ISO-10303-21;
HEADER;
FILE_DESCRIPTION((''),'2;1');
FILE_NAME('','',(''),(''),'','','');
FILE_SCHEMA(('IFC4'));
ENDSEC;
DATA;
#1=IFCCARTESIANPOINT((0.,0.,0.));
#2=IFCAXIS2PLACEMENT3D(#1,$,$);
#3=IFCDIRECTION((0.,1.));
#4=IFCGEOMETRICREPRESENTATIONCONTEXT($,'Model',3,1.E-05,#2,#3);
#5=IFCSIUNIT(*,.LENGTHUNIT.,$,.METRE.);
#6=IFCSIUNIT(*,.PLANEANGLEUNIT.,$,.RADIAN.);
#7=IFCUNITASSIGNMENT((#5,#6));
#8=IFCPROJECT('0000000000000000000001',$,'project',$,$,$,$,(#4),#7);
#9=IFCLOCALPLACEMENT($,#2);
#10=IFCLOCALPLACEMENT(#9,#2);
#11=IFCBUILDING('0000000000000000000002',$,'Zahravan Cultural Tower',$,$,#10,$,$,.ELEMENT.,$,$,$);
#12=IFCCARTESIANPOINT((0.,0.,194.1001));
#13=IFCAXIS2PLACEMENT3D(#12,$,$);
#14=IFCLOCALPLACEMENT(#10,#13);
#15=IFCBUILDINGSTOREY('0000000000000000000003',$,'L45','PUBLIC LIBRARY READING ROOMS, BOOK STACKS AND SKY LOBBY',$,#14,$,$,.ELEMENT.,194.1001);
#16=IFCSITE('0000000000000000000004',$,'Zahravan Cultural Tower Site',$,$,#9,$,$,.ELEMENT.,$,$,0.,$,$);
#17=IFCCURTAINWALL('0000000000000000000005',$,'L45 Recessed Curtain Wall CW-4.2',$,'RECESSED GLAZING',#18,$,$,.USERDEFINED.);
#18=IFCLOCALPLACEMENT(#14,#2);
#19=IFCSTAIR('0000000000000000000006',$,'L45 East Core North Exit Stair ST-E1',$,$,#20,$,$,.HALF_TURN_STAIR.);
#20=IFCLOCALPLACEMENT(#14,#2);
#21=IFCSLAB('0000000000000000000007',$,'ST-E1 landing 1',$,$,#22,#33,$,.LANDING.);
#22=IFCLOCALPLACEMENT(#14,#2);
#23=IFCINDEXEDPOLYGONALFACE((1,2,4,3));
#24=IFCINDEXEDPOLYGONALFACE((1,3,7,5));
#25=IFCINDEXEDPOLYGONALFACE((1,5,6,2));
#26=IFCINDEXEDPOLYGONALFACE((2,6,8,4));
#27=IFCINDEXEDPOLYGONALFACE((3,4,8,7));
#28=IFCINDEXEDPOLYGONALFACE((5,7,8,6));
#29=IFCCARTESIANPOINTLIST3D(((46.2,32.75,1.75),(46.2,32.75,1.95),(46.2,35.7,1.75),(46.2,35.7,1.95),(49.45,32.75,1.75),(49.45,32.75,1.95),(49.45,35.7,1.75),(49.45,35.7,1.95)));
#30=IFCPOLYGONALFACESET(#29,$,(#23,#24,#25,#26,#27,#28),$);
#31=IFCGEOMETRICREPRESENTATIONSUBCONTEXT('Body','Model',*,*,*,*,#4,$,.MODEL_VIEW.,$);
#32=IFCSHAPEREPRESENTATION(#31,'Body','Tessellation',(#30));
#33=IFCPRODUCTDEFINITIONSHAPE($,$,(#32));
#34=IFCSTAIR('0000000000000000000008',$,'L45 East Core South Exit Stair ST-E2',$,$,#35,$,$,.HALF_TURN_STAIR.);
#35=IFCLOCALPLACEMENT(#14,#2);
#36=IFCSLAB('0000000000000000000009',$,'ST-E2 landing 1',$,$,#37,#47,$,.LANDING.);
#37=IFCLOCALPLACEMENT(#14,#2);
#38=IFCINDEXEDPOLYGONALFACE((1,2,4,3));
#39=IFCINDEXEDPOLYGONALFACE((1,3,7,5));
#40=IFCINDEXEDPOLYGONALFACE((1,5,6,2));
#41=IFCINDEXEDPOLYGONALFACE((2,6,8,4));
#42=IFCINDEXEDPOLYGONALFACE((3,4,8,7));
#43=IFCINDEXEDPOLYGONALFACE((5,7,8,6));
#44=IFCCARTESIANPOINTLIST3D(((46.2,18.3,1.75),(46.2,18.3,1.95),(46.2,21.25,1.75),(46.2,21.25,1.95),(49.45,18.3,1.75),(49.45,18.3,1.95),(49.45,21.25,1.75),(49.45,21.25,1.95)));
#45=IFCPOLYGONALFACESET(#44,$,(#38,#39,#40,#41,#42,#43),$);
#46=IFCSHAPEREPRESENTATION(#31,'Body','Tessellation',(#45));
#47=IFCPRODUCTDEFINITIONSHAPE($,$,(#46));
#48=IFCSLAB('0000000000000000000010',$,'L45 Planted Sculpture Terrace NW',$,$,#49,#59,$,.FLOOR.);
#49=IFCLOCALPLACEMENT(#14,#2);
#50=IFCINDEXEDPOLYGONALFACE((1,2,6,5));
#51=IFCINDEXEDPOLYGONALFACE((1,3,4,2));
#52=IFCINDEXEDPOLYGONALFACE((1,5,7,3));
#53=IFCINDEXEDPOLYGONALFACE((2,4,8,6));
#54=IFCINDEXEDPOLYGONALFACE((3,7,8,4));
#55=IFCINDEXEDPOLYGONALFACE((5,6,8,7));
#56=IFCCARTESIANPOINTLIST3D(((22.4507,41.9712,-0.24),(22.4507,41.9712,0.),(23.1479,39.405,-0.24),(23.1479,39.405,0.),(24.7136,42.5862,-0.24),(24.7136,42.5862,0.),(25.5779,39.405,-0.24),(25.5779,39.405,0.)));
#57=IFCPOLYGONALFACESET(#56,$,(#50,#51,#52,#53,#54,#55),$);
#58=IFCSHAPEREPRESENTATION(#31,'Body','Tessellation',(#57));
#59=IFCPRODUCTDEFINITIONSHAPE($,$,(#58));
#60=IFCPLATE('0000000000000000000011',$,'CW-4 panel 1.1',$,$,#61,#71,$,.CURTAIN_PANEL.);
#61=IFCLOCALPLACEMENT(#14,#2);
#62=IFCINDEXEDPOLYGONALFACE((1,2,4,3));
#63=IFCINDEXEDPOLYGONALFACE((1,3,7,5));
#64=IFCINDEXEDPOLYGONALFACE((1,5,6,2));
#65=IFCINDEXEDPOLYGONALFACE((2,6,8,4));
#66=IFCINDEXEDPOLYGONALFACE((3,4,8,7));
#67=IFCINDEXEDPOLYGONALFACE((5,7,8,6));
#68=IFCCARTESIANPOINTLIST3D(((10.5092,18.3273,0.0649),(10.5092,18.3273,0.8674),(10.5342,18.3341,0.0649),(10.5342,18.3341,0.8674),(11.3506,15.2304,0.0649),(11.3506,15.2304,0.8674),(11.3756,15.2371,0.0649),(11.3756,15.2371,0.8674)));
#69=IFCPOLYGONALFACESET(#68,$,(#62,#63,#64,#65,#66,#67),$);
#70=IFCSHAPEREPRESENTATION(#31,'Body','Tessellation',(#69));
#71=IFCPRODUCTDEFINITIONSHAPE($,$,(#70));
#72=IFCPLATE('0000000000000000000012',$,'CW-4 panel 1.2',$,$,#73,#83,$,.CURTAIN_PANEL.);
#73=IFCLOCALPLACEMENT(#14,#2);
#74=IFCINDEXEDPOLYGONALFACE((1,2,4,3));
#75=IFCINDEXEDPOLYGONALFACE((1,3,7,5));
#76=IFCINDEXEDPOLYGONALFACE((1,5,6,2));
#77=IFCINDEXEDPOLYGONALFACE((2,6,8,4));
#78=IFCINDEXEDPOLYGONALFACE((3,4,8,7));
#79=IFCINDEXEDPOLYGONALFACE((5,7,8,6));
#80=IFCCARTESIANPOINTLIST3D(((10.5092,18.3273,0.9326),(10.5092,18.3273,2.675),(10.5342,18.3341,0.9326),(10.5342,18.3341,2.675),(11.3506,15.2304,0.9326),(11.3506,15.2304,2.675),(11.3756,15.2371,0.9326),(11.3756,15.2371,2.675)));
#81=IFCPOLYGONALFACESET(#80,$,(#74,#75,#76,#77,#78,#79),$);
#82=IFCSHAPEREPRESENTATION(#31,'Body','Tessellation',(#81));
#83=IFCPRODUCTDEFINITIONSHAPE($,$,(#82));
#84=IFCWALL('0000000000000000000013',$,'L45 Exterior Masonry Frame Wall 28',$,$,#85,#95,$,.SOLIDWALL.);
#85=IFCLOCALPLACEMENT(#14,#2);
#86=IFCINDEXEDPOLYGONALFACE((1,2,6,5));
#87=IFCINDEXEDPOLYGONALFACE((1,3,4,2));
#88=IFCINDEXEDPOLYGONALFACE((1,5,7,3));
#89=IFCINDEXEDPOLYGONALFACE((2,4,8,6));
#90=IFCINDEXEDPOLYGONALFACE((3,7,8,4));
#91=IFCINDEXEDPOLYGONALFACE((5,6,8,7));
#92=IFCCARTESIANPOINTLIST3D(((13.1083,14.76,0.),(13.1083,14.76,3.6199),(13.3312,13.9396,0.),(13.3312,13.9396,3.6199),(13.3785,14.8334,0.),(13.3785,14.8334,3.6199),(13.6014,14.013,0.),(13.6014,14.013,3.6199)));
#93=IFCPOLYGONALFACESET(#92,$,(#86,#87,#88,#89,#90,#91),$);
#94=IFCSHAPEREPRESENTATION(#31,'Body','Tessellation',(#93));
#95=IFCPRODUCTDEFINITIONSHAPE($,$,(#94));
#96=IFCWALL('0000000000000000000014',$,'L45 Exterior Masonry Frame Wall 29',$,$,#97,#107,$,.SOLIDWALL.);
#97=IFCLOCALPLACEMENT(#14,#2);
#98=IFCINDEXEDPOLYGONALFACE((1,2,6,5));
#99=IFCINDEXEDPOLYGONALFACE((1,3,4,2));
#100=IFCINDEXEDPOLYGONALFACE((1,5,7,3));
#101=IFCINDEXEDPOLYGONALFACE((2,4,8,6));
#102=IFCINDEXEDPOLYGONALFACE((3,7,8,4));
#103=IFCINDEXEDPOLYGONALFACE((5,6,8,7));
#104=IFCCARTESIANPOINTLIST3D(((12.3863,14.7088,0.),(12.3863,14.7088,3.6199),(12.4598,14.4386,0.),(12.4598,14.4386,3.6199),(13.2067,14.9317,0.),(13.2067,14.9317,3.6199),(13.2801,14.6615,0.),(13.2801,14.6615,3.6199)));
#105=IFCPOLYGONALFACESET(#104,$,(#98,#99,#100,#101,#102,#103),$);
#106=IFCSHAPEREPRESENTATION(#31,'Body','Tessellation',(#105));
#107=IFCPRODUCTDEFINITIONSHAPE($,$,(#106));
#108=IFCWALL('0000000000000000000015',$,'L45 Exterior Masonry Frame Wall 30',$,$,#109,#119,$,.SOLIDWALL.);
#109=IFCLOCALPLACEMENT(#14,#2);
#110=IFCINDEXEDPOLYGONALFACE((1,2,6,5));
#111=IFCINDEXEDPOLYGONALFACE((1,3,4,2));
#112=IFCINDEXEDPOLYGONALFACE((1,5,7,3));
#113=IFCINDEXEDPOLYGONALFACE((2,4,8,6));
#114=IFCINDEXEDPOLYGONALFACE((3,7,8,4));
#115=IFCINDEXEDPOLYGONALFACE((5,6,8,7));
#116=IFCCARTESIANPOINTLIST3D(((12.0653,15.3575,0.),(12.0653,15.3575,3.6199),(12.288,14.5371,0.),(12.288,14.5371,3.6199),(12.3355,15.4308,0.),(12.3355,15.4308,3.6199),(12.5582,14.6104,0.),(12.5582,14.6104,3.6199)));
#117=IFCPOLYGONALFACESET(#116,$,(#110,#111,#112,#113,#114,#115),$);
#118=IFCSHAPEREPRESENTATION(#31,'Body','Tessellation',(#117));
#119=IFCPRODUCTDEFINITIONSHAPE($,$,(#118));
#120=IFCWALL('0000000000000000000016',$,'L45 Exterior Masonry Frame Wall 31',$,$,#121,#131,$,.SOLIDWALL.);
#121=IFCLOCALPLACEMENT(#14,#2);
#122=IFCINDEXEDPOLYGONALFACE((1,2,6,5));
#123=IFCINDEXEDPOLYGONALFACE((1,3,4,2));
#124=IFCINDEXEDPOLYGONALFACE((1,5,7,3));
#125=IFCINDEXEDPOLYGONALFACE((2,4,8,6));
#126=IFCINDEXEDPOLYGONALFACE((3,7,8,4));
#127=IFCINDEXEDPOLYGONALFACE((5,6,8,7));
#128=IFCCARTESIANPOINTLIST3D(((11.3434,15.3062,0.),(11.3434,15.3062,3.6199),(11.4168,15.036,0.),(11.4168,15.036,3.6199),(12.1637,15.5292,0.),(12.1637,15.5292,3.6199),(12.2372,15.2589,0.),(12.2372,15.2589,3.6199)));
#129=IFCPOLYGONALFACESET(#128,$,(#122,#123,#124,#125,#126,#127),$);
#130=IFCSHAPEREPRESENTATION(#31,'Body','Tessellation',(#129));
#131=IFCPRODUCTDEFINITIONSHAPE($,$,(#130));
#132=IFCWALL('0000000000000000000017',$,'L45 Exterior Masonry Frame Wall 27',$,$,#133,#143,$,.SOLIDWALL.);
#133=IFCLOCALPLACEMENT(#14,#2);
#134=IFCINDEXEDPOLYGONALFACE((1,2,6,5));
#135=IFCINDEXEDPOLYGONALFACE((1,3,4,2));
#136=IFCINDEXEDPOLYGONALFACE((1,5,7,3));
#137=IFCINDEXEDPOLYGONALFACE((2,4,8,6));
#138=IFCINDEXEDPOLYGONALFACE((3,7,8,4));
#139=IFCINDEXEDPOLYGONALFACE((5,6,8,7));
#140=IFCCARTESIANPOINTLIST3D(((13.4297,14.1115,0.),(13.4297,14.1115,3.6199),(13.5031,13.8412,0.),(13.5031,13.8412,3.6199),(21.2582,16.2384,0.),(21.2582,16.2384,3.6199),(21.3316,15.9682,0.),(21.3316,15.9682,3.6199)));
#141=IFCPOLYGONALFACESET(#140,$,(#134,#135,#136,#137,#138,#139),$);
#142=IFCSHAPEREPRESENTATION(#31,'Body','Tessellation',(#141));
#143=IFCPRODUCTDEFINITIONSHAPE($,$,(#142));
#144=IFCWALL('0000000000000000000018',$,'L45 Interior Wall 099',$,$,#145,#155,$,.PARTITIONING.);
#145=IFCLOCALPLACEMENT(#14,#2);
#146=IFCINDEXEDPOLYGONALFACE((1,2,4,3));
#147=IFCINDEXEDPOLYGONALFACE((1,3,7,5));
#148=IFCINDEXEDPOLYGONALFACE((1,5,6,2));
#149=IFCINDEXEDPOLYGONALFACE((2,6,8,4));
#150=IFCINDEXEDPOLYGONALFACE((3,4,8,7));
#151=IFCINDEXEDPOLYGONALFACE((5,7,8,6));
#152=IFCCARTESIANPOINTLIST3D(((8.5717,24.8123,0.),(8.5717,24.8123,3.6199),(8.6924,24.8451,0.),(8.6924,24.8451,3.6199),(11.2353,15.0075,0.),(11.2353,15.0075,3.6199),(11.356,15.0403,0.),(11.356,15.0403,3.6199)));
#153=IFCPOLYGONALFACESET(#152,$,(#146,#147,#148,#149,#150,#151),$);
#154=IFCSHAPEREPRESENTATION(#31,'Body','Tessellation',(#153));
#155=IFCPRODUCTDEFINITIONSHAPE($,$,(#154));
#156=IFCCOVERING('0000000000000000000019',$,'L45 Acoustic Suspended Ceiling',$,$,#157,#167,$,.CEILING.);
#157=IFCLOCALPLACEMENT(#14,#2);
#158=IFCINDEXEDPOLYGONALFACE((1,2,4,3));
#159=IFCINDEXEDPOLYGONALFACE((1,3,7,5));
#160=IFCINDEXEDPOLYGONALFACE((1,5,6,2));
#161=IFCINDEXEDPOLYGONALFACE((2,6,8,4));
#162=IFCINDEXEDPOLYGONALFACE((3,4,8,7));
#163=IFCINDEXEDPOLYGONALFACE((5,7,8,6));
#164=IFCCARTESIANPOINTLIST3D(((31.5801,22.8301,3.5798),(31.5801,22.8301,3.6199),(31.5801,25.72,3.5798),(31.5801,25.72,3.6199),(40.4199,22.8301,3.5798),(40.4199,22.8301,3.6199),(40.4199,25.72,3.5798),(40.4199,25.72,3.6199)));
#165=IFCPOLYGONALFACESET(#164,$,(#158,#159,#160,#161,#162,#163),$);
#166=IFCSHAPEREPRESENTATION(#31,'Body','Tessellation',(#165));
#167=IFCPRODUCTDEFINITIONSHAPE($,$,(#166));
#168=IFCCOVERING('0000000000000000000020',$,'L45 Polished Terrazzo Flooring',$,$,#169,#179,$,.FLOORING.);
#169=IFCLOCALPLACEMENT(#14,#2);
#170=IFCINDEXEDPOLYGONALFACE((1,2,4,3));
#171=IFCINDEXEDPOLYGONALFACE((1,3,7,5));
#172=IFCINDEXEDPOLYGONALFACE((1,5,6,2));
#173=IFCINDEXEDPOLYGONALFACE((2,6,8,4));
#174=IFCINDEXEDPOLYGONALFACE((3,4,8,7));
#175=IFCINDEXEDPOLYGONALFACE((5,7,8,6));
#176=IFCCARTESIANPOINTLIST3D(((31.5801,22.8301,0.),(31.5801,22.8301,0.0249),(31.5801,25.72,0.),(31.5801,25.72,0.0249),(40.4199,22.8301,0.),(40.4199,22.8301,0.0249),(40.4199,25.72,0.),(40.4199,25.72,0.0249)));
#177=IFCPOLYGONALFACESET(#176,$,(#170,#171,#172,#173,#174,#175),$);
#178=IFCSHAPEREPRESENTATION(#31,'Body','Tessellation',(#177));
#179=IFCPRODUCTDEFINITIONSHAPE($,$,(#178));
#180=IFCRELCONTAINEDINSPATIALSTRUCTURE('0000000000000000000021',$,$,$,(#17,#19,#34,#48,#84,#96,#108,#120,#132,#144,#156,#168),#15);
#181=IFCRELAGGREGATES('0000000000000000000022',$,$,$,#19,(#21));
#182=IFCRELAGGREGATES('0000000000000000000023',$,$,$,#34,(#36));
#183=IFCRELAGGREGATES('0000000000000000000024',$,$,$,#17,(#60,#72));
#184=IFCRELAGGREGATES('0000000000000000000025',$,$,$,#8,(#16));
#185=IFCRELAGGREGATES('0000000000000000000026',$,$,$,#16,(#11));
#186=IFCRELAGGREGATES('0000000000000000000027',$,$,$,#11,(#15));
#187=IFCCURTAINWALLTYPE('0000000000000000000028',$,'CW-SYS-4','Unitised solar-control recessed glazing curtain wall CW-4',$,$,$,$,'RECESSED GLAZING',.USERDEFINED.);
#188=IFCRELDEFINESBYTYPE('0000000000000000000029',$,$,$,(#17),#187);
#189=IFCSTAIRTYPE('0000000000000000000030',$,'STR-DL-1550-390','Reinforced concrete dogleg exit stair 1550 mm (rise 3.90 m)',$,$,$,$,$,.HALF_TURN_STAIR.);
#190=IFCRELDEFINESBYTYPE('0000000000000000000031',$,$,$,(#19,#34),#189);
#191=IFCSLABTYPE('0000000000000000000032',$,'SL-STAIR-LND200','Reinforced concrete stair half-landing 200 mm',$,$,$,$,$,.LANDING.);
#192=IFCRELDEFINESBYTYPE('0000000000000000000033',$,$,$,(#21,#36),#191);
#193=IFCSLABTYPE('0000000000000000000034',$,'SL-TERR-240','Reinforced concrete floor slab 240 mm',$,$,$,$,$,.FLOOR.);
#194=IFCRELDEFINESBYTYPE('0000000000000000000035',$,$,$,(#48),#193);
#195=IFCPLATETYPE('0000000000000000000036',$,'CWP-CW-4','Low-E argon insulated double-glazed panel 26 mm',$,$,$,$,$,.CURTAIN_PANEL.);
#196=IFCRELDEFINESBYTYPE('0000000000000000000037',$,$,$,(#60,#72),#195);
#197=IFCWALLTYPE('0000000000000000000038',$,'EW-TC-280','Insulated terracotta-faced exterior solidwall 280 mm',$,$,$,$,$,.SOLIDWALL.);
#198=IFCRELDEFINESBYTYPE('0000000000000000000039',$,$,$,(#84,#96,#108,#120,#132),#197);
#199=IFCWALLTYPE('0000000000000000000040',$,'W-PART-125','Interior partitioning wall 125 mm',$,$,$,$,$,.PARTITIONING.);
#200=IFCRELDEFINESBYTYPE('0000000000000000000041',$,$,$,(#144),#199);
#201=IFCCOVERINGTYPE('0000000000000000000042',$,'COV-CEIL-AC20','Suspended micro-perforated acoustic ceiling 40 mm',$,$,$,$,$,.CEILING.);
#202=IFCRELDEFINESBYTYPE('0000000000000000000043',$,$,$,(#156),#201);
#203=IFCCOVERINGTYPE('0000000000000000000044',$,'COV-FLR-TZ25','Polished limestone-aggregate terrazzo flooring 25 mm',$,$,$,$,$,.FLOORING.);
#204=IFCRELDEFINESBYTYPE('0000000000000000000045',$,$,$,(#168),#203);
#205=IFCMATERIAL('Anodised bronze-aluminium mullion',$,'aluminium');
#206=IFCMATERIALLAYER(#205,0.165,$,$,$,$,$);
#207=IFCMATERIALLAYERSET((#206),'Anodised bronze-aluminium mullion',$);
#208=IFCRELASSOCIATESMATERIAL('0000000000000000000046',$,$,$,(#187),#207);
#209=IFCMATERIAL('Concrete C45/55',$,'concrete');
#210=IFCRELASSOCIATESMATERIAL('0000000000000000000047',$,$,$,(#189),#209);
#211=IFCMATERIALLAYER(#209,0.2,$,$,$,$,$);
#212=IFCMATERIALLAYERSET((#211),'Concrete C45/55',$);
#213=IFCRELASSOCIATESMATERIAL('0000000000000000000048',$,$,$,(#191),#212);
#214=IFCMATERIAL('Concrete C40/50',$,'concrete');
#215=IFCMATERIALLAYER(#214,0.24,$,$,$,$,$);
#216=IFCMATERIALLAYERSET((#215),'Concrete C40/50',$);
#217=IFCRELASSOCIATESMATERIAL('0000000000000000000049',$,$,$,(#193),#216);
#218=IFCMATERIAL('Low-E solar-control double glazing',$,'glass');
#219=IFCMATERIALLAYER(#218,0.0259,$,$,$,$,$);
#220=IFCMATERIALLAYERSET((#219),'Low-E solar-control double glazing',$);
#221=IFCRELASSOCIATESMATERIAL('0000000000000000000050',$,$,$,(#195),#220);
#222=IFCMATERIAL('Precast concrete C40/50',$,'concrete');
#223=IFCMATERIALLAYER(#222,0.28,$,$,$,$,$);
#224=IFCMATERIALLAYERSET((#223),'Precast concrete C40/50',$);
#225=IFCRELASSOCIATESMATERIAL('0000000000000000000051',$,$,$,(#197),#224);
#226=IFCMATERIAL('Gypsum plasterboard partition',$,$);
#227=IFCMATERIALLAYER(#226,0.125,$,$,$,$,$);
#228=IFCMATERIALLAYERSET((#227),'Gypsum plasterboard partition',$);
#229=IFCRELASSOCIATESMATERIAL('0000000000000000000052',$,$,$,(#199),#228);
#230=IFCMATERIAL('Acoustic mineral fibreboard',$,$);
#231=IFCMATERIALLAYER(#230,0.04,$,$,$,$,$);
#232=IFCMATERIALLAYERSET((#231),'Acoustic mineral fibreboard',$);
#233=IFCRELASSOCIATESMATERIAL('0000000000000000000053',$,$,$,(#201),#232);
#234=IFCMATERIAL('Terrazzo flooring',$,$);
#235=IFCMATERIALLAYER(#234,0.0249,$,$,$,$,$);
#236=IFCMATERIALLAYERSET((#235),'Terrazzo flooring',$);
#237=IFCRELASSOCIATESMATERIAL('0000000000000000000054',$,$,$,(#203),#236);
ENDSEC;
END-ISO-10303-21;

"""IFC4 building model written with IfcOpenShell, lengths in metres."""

from ifc_helpers import new_model, si_unit, direction, frame, frame_2d, origin, origin_2d, place, context, subcontext, project, spatial, polyline, rectangle, outline, extrude, source, transform, mapped, material, layer, layer_set, type_object, element, aggregate, save


model = new_model("IFC4")

# Units and contexts
model_context = context("Model", 3, precision=1e-05, world=origin(), true_north=direction((0.0, 1.0)))
body_context = subcontext(model_context, "Body", "Model", "MODEL_VIEW")
ifc_project = project(units=[si_unit("LENGTHUNIT", "METRE"), si_unit("PLANEANGLEUNIT", "RADIAN")], contexts=[model_context])

# Site, building, storey
site_placement = place(None, origin())
site = spatial("IfcSite", under=ifc_project, at=site_placement, Name="Zahravan Cultural Tower Site", CompositionType="ELEMENT", RefElevation=0.0)
building_placement = place(site_placement, origin())
building = spatial("IfcBuilding", under=site, at=building_placement, Name="Zahravan Cultural Tower", CompositionType="ELEMENT")
storey_placement = place(building_placement, frame((0.0, 0.0, 194.1001)))
storey = spatial("IfcBuildingStorey", under=building, at=storey_placement, Name="L45", Description="PUBLIC LIBRARY READING ROOMS, BOOK STACKS AND SKY LOBBY", CompositionType="ELEMENT", Elevation=194.1001)

# Curtain wall
ifc_material_1 = material(Name="Anodised bronze-aluminium mullion", Category="aluminium")
ifc_layer_1 = layer(ifc_material_1, 0.165)
ifc_layer_set_1 = layer_set([ifc_layer_1], Name="Anodised bronze-aluminium mullion")
curtain_wall_type = type_object("IfcCurtainWallType", Name="CW-SYS-4", Description="Unitised solar-control recessed glazing curtain wall CW-4", ElementType="RECESSED GLAZING", PredefinedType="USERDEFINED", material=ifc_layer_set_1)
curtain_wall_placement = place(storey_placement, origin())
curtain_wall = element("IfcCurtainWall", 1, at=curtain_wall_placement, inside=storey, type_object=curtain_wall_type, Name="L45 Recessed Curtain Wall CW-4.2", ObjectType="RECESSED GLAZING", PredefinedType="USERDEFINED")

# Shared definitions
ifc_material_2 = material(Name="Concrete C45/55", Category="concrete")

# Stairs, slabs
stair_type = type_object("IfcStairType", Name="STR-DL-1550-390", Description="Reinforced concrete dogleg exit stair 1550 mm (rise 3.90 m)", PredefinedType="HALF_TURN_STAIR", material=ifc_material_2)
ifc_layer_2 = layer(ifc_material_2, 0.2)
ifc_layer_set_2 = layer_set([ifc_layer_2], Name="Concrete C45/55")
slab_type_1 = type_object("IfcSlabType", Name="SL-STAIR-LND200", Description="Reinforced concrete stair half-landing 200 mm", PredefinedType="LANDING", material=ifc_layer_set_2)
stair_1_placement = place(storey_placement, origin())
stair_1 = element("IfcStair", 2, at=stair_1_placement, inside=storey, type_object=stair_type, Name="L45 East Core North Exit Stair ST-E1", PredefinedType="HALF_TURN_STAIR")
slab_1_placement = place(storey_placement, frame((0.0, 0.0, 1.75)))
slab_1 = element("IfcSlab", 3, at=slab_1_placement, type_object=slab_type_1, Name="ST-E1 landing 1", PredefinedType="LANDING", context=body_context, shape_type="SweptSolid", body=[
    extrude(outline(polyline([(49.45, 32.75), (49.45, 35.7), (46.2, 35.7), (46.2, 32.75), (49.45, 32.75)])), origin(), (0.0, 0.0, 1.0), 0.2),
])
aggregate(stair_1, [slab_1])
stair_2_placement = place(storey_placement, origin())
stair_2 = element("IfcStair", 4, at=stair_2_placement, inside=storey, type_object=stair_type, Name="L45 East Core South Exit Stair ST-E2", PredefinedType="HALF_TURN_STAIR")
slab_2_placement = place(storey_placement, frame((0.0, 0.0, 1.75)))
slab_2 = element("IfcSlab", 5, at=slab_2_placement, type_object=slab_type_1, Name="ST-E2 landing 1", PredefinedType="LANDING", context=body_context, shape_type="SweptSolid", body=[
    extrude(outline(polyline([(46.2, 21.25), (46.2, 18.3), (49.45, 18.3), (49.45, 21.25), (46.2, 21.25)])), origin(), (0.0, 0.0, 1.0), 0.2),
])
aggregate(stair_2, [slab_2])

# Slab
ifc_material_3 = material(Name="Concrete C40/50", Category="concrete")
ifc_layer_3 = layer(ifc_material_3, 0.24)
ifc_layer_set_3 = layer_set([ifc_layer_3], Name="Concrete C40/50")
slab_type_2 = type_object("IfcSlabType", Name="SL-TERR-240", Description="Reinforced concrete floor slab 240 mm", PredefinedType="FLOOR", material=ifc_layer_set_3)
slab_3_placement = place(storey_placement, frame((0.0, 0.0, -0.24)))
element("IfcSlab", 6, at=slab_3_placement, inside=storey, type_object=slab_type_2, Name="L45 Planted Sculpture Terrace NW", PredefinedType="FLOOR", context=body_context, shape_type="SweptSolid", body=[
    extrude(outline(polyline([(22.4507, 41.9712), (23.1479, 39.405), (25.5779, 39.405), (24.7136, 42.5862), (22.4507, 41.9712)])), origin(), (0.0, 0.0, 1.0), 0.24),
])

# Plates
ifc_material_4 = material(Name="Low-E solar-control double glazing", Category="glass")
ifc_layer_4 = layer(ifc_material_4, 0.0259)
ifc_layer_set_4 = layer_set([ifc_layer_4], Name="Low-E solar-control double glazing")
plate_type = type_object("IfcPlateType", Name="CWP-CW-4", Description="Low-E argon insulated double-glazed panel 26 mm", PredefinedType="CURTAIN_PANEL", material=ifc_layer_set_4)
shared_shape_1 = source(origin(), body_context, "Body", "SweptSolid", [
    extrude(rectangle(XDim=3.2092, YDim=0.0259, at=origin_2d()), origin(), (0.0, 0.0, 1.0), 0.8025),
])
plate_1_placement = place(storey_placement, frame((10.9424, 16.7822, 0.0649), z_axis=(0.0, 0.0, 1.0), x_axis=(-0.262187, 0.965017, 0.0)))
plate_1 = element("IfcPlate", 7, at=plate_1_placement, type_object=plate_type, Name="CW-4 panel 1.1", PredefinedType="CURTAIN_PANEL", context=body_context, shape_type="MappedRepresentation", body=[
    mapped(shared_shape_1, transform((0.0, 0.0, 0.0), x_axis=(1.0, 0.0, 0.0), y_axis=(0.0, 1.0, 0.0), z_axis=(0.0, 0.0, 1.0), scale=1.0)),
])
shared_shape_2 = source(origin(), body_context, "Body", "SweptSolid", [
    extrude(rectangle(XDim=3.2092, YDim=0.0259, at=origin_2d()), origin(), (0.0, 0.0, 1.0), 1.7424),
])
plate_2_placement = place(storey_placement, frame((10.9424, 16.7822, 0.9326), z_axis=(0.0, 0.0, 1.0), x_axis=(-0.262187, 0.965017, 0.0)))
plate_2 = element("IfcPlate", 8, at=plate_2_placement, type_object=plate_type, Name="CW-4 panel 1.2", PredefinedType="CURTAIN_PANEL", context=body_context, shape_type="MappedRepresentation", body=[
    mapped(shared_shape_2, transform((0.0, 0.0, 0.0), x_axis=(1.0, 0.0, 0.0), y_axis=(0.0, 1.0, 0.0), z_axis=(0.0, 0.0, 1.0), scale=1.0)),
])
aggregate(curtain_wall, [plate_1, plate_2])

# Walls
ifc_material_5 = material(Name="Precast concrete C40/50", Category="concrete")
ifc_layer_5 = layer(ifc_material_5, 0.28)
ifc_layer_set_5 = layer_set([ifc_layer_5], Name="Precast concrete C40/50")
wall_type_1 = type_object("IfcWallType", Name="EW-TC-280", Description="Insulated terracotta-faced exterior solidwall 280 mm", PredefinedType="SOLIDWALL", material=ifc_layer_set_5)
shared_shape_3 = source(origin(), body_context, "Body", "SweptSolid", [
    extrude(rectangle(XDim=0.8501, YDim=0.28, at=frame_2d((0.425, 0.0))), origin(), (0.0, 0.0, 1.0), 3.6199),
])
for number, where, z_axis, x_axis, name in (
    (9, (13.4663, 13.9763, 0.0), (0.0, 0.0, 1.0), (-0.262218, 0.965009, 0.0), "L45 Exterior Masonry Frame Wall 28"),
    (10, (13.2434, 14.7966, 0.0), (0.0, 0.0, 1.0), (-0.965009, -0.262218, 0.0), "L45 Exterior Masonry Frame Wall 29"),
    (11, (12.4231, 14.5737, 0.0), (0.0, 0.0, 1.0), (-0.261951, 0.965081, 0.0), "L45 Exterior Masonry Frame Wall 30"),
    (12, (12.2004, 15.394, 0.0), (0.0, 0.0, 1.0), (-0.965009, -0.262218, 0.0), "L45 Exterior Masonry Frame Wall 31"),
):
    element("IfcWall", number, at=place(storey_placement, frame(where, z_axis=z_axis, x_axis=x_axis)), inside=storey, type_object=wall_type_1, Name=name, PredefinedType="SOLIDWALL", context=body_context, shape_type="MappedRepresentation", body=[
        mapped(shared_shape_3, transform((0.0, 0.0, 0.0), x_axis=(1.0, 0.0, 0.0), y_axis=(0.0, 1.0, 0.0), z_axis=(0.0, 0.0, 1.0), scale=1.0)),
    ])
shared_shape_4 = source(origin(), body_context, "Body", "SweptSolid", [
    extrude(rectangle(XDim=8.1123, YDim=0.28, at=frame_2d((4.0562, 0.0))), origin(), (0.0, 0.0, 1.0), 3.6199),
])
wall_1_placement = place(storey_placement, frame((21.2949, 16.1033, 0.0), z_axis=(0.0, 0.0, 1.0), x_axis=(-0.965018, -0.262185, 0.0)))
element("IfcWall", 13, at=wall_1_placement, inside=storey, type_object=wall_type_1, Name="L45 Exterior Masonry Frame Wall 27", PredefinedType="SOLIDWALL", context=body_context, shape_type="MappedRepresentation", body=[
    mapped(shared_shape_4, transform((0.0, 0.0, 0.0), x_axis=(1.0, 0.0, 0.0), y_axis=(0.0, 1.0, 0.0), z_axis=(0.0, 0.0, 1.0), scale=1.0)),
])
ifc_material_6 = material(Name="Gypsum plasterboard partition")
ifc_layer_6 = layer(ifc_material_6, 0.125)
ifc_layer_set_6 = layer_set([ifc_layer_6], Name="Gypsum plasterboard partition")
wall_type_2 = type_object("IfcWallType", Name="W-PART-125", Description="Interior partitioning wall 125 mm", PredefinedType="PARTITIONING", material=ifc_layer_set_6)
shared_shape_5 = source(origin(), body_context, "Body", "SweptSolid", [
    extrude(rectangle(XDim=10.1602, YDim=0.125, at=frame_2d((5.0801, 0.0))), origin(), (0.0, 0.0, 1.0), 3.6199),
])
wall_2_placement = place(storey_placement, frame((11.2957, 15.0239, 0.0), z_axis=(0.0, 0.0, 1.0), x_axis=(-0.262162, 0.965024, 0.0)))
element("IfcWall", 14, at=wall_2_placement, inside=storey, type_object=wall_type_2, Name="L45 Interior Wall 099", PredefinedType="PARTITIONING", context=body_context, shape_type="MappedRepresentation", body=[
    mapped(shared_shape_5, transform((0.0, 0.0, 0.0), x_axis=(1.0, 0.0, 0.0), y_axis=(0.0, 1.0, 0.0), z_axis=(0.0, 0.0, 1.0), scale=1.0)),
])

# Coverings
ifc_material_7 = material(Name="Acoustic mineral fibreboard")
ifc_layer_7 = layer(ifc_material_7, 0.04)
ifc_layer_set_7 = layer_set([ifc_layer_7], Name="Acoustic mineral fibreboard")
covering_type_1 = type_object("IfcCoveringType", Name="COV-CEIL-AC20", Description="Suspended micro-perforated acoustic ceiling 40 mm", PredefinedType="CEILING", material=ifc_layer_set_7)
covering_1_placement = place(storey_placement, frame((0.0, 0.0, 3.5798)))
element("IfcCovering", 15, at=covering_1_placement, inside=storey, type_object=covering_type_1, Name="L45 Acoustic Suspended Ceiling", PredefinedType="CEILING", context=body_context, shape_type="SweptSolid", body=[
    extrude(outline(polyline([(40.4199, 25.72), (31.5801, 25.72), (31.5801, 22.8301), (40.4199, 22.8301), (40.4199, 25.72)])), origin(), (0.0, 0.0, 1.0), 0.04),
])
ifc_material_8 = material(Name="Terrazzo flooring")
ifc_layer_8 = layer(ifc_material_8, 0.0249)
ifc_layer_set_8 = layer_set([ifc_layer_8], Name="Terrazzo flooring")
covering_type_2 = type_object("IfcCoveringType", Name="COV-FLR-TZ25", Description="Polished limestone-aggregate terrazzo flooring 25 mm", PredefinedType="FLOORING", material=ifc_layer_set_8)
covering_2_placement = place(storey_placement, origin())
element("IfcCovering", 16, at=covering_2_placement, inside=storey, type_object=covering_type_2, Name="L45 Polished Terrazzo Flooring", PredefinedType="FLOORING", context=body_context, shape_type="SweptSolid", body=[
    extrude(outline(polyline([(40.4199, 25.72), (31.5801, 25.72), (31.5801, 22.8301), (40.4199, 22.8301), (40.4199, 25.72)])), origin(), (0.0, 0.0, 1.0), 0.0249),
])

save(model, "model.ifc")
